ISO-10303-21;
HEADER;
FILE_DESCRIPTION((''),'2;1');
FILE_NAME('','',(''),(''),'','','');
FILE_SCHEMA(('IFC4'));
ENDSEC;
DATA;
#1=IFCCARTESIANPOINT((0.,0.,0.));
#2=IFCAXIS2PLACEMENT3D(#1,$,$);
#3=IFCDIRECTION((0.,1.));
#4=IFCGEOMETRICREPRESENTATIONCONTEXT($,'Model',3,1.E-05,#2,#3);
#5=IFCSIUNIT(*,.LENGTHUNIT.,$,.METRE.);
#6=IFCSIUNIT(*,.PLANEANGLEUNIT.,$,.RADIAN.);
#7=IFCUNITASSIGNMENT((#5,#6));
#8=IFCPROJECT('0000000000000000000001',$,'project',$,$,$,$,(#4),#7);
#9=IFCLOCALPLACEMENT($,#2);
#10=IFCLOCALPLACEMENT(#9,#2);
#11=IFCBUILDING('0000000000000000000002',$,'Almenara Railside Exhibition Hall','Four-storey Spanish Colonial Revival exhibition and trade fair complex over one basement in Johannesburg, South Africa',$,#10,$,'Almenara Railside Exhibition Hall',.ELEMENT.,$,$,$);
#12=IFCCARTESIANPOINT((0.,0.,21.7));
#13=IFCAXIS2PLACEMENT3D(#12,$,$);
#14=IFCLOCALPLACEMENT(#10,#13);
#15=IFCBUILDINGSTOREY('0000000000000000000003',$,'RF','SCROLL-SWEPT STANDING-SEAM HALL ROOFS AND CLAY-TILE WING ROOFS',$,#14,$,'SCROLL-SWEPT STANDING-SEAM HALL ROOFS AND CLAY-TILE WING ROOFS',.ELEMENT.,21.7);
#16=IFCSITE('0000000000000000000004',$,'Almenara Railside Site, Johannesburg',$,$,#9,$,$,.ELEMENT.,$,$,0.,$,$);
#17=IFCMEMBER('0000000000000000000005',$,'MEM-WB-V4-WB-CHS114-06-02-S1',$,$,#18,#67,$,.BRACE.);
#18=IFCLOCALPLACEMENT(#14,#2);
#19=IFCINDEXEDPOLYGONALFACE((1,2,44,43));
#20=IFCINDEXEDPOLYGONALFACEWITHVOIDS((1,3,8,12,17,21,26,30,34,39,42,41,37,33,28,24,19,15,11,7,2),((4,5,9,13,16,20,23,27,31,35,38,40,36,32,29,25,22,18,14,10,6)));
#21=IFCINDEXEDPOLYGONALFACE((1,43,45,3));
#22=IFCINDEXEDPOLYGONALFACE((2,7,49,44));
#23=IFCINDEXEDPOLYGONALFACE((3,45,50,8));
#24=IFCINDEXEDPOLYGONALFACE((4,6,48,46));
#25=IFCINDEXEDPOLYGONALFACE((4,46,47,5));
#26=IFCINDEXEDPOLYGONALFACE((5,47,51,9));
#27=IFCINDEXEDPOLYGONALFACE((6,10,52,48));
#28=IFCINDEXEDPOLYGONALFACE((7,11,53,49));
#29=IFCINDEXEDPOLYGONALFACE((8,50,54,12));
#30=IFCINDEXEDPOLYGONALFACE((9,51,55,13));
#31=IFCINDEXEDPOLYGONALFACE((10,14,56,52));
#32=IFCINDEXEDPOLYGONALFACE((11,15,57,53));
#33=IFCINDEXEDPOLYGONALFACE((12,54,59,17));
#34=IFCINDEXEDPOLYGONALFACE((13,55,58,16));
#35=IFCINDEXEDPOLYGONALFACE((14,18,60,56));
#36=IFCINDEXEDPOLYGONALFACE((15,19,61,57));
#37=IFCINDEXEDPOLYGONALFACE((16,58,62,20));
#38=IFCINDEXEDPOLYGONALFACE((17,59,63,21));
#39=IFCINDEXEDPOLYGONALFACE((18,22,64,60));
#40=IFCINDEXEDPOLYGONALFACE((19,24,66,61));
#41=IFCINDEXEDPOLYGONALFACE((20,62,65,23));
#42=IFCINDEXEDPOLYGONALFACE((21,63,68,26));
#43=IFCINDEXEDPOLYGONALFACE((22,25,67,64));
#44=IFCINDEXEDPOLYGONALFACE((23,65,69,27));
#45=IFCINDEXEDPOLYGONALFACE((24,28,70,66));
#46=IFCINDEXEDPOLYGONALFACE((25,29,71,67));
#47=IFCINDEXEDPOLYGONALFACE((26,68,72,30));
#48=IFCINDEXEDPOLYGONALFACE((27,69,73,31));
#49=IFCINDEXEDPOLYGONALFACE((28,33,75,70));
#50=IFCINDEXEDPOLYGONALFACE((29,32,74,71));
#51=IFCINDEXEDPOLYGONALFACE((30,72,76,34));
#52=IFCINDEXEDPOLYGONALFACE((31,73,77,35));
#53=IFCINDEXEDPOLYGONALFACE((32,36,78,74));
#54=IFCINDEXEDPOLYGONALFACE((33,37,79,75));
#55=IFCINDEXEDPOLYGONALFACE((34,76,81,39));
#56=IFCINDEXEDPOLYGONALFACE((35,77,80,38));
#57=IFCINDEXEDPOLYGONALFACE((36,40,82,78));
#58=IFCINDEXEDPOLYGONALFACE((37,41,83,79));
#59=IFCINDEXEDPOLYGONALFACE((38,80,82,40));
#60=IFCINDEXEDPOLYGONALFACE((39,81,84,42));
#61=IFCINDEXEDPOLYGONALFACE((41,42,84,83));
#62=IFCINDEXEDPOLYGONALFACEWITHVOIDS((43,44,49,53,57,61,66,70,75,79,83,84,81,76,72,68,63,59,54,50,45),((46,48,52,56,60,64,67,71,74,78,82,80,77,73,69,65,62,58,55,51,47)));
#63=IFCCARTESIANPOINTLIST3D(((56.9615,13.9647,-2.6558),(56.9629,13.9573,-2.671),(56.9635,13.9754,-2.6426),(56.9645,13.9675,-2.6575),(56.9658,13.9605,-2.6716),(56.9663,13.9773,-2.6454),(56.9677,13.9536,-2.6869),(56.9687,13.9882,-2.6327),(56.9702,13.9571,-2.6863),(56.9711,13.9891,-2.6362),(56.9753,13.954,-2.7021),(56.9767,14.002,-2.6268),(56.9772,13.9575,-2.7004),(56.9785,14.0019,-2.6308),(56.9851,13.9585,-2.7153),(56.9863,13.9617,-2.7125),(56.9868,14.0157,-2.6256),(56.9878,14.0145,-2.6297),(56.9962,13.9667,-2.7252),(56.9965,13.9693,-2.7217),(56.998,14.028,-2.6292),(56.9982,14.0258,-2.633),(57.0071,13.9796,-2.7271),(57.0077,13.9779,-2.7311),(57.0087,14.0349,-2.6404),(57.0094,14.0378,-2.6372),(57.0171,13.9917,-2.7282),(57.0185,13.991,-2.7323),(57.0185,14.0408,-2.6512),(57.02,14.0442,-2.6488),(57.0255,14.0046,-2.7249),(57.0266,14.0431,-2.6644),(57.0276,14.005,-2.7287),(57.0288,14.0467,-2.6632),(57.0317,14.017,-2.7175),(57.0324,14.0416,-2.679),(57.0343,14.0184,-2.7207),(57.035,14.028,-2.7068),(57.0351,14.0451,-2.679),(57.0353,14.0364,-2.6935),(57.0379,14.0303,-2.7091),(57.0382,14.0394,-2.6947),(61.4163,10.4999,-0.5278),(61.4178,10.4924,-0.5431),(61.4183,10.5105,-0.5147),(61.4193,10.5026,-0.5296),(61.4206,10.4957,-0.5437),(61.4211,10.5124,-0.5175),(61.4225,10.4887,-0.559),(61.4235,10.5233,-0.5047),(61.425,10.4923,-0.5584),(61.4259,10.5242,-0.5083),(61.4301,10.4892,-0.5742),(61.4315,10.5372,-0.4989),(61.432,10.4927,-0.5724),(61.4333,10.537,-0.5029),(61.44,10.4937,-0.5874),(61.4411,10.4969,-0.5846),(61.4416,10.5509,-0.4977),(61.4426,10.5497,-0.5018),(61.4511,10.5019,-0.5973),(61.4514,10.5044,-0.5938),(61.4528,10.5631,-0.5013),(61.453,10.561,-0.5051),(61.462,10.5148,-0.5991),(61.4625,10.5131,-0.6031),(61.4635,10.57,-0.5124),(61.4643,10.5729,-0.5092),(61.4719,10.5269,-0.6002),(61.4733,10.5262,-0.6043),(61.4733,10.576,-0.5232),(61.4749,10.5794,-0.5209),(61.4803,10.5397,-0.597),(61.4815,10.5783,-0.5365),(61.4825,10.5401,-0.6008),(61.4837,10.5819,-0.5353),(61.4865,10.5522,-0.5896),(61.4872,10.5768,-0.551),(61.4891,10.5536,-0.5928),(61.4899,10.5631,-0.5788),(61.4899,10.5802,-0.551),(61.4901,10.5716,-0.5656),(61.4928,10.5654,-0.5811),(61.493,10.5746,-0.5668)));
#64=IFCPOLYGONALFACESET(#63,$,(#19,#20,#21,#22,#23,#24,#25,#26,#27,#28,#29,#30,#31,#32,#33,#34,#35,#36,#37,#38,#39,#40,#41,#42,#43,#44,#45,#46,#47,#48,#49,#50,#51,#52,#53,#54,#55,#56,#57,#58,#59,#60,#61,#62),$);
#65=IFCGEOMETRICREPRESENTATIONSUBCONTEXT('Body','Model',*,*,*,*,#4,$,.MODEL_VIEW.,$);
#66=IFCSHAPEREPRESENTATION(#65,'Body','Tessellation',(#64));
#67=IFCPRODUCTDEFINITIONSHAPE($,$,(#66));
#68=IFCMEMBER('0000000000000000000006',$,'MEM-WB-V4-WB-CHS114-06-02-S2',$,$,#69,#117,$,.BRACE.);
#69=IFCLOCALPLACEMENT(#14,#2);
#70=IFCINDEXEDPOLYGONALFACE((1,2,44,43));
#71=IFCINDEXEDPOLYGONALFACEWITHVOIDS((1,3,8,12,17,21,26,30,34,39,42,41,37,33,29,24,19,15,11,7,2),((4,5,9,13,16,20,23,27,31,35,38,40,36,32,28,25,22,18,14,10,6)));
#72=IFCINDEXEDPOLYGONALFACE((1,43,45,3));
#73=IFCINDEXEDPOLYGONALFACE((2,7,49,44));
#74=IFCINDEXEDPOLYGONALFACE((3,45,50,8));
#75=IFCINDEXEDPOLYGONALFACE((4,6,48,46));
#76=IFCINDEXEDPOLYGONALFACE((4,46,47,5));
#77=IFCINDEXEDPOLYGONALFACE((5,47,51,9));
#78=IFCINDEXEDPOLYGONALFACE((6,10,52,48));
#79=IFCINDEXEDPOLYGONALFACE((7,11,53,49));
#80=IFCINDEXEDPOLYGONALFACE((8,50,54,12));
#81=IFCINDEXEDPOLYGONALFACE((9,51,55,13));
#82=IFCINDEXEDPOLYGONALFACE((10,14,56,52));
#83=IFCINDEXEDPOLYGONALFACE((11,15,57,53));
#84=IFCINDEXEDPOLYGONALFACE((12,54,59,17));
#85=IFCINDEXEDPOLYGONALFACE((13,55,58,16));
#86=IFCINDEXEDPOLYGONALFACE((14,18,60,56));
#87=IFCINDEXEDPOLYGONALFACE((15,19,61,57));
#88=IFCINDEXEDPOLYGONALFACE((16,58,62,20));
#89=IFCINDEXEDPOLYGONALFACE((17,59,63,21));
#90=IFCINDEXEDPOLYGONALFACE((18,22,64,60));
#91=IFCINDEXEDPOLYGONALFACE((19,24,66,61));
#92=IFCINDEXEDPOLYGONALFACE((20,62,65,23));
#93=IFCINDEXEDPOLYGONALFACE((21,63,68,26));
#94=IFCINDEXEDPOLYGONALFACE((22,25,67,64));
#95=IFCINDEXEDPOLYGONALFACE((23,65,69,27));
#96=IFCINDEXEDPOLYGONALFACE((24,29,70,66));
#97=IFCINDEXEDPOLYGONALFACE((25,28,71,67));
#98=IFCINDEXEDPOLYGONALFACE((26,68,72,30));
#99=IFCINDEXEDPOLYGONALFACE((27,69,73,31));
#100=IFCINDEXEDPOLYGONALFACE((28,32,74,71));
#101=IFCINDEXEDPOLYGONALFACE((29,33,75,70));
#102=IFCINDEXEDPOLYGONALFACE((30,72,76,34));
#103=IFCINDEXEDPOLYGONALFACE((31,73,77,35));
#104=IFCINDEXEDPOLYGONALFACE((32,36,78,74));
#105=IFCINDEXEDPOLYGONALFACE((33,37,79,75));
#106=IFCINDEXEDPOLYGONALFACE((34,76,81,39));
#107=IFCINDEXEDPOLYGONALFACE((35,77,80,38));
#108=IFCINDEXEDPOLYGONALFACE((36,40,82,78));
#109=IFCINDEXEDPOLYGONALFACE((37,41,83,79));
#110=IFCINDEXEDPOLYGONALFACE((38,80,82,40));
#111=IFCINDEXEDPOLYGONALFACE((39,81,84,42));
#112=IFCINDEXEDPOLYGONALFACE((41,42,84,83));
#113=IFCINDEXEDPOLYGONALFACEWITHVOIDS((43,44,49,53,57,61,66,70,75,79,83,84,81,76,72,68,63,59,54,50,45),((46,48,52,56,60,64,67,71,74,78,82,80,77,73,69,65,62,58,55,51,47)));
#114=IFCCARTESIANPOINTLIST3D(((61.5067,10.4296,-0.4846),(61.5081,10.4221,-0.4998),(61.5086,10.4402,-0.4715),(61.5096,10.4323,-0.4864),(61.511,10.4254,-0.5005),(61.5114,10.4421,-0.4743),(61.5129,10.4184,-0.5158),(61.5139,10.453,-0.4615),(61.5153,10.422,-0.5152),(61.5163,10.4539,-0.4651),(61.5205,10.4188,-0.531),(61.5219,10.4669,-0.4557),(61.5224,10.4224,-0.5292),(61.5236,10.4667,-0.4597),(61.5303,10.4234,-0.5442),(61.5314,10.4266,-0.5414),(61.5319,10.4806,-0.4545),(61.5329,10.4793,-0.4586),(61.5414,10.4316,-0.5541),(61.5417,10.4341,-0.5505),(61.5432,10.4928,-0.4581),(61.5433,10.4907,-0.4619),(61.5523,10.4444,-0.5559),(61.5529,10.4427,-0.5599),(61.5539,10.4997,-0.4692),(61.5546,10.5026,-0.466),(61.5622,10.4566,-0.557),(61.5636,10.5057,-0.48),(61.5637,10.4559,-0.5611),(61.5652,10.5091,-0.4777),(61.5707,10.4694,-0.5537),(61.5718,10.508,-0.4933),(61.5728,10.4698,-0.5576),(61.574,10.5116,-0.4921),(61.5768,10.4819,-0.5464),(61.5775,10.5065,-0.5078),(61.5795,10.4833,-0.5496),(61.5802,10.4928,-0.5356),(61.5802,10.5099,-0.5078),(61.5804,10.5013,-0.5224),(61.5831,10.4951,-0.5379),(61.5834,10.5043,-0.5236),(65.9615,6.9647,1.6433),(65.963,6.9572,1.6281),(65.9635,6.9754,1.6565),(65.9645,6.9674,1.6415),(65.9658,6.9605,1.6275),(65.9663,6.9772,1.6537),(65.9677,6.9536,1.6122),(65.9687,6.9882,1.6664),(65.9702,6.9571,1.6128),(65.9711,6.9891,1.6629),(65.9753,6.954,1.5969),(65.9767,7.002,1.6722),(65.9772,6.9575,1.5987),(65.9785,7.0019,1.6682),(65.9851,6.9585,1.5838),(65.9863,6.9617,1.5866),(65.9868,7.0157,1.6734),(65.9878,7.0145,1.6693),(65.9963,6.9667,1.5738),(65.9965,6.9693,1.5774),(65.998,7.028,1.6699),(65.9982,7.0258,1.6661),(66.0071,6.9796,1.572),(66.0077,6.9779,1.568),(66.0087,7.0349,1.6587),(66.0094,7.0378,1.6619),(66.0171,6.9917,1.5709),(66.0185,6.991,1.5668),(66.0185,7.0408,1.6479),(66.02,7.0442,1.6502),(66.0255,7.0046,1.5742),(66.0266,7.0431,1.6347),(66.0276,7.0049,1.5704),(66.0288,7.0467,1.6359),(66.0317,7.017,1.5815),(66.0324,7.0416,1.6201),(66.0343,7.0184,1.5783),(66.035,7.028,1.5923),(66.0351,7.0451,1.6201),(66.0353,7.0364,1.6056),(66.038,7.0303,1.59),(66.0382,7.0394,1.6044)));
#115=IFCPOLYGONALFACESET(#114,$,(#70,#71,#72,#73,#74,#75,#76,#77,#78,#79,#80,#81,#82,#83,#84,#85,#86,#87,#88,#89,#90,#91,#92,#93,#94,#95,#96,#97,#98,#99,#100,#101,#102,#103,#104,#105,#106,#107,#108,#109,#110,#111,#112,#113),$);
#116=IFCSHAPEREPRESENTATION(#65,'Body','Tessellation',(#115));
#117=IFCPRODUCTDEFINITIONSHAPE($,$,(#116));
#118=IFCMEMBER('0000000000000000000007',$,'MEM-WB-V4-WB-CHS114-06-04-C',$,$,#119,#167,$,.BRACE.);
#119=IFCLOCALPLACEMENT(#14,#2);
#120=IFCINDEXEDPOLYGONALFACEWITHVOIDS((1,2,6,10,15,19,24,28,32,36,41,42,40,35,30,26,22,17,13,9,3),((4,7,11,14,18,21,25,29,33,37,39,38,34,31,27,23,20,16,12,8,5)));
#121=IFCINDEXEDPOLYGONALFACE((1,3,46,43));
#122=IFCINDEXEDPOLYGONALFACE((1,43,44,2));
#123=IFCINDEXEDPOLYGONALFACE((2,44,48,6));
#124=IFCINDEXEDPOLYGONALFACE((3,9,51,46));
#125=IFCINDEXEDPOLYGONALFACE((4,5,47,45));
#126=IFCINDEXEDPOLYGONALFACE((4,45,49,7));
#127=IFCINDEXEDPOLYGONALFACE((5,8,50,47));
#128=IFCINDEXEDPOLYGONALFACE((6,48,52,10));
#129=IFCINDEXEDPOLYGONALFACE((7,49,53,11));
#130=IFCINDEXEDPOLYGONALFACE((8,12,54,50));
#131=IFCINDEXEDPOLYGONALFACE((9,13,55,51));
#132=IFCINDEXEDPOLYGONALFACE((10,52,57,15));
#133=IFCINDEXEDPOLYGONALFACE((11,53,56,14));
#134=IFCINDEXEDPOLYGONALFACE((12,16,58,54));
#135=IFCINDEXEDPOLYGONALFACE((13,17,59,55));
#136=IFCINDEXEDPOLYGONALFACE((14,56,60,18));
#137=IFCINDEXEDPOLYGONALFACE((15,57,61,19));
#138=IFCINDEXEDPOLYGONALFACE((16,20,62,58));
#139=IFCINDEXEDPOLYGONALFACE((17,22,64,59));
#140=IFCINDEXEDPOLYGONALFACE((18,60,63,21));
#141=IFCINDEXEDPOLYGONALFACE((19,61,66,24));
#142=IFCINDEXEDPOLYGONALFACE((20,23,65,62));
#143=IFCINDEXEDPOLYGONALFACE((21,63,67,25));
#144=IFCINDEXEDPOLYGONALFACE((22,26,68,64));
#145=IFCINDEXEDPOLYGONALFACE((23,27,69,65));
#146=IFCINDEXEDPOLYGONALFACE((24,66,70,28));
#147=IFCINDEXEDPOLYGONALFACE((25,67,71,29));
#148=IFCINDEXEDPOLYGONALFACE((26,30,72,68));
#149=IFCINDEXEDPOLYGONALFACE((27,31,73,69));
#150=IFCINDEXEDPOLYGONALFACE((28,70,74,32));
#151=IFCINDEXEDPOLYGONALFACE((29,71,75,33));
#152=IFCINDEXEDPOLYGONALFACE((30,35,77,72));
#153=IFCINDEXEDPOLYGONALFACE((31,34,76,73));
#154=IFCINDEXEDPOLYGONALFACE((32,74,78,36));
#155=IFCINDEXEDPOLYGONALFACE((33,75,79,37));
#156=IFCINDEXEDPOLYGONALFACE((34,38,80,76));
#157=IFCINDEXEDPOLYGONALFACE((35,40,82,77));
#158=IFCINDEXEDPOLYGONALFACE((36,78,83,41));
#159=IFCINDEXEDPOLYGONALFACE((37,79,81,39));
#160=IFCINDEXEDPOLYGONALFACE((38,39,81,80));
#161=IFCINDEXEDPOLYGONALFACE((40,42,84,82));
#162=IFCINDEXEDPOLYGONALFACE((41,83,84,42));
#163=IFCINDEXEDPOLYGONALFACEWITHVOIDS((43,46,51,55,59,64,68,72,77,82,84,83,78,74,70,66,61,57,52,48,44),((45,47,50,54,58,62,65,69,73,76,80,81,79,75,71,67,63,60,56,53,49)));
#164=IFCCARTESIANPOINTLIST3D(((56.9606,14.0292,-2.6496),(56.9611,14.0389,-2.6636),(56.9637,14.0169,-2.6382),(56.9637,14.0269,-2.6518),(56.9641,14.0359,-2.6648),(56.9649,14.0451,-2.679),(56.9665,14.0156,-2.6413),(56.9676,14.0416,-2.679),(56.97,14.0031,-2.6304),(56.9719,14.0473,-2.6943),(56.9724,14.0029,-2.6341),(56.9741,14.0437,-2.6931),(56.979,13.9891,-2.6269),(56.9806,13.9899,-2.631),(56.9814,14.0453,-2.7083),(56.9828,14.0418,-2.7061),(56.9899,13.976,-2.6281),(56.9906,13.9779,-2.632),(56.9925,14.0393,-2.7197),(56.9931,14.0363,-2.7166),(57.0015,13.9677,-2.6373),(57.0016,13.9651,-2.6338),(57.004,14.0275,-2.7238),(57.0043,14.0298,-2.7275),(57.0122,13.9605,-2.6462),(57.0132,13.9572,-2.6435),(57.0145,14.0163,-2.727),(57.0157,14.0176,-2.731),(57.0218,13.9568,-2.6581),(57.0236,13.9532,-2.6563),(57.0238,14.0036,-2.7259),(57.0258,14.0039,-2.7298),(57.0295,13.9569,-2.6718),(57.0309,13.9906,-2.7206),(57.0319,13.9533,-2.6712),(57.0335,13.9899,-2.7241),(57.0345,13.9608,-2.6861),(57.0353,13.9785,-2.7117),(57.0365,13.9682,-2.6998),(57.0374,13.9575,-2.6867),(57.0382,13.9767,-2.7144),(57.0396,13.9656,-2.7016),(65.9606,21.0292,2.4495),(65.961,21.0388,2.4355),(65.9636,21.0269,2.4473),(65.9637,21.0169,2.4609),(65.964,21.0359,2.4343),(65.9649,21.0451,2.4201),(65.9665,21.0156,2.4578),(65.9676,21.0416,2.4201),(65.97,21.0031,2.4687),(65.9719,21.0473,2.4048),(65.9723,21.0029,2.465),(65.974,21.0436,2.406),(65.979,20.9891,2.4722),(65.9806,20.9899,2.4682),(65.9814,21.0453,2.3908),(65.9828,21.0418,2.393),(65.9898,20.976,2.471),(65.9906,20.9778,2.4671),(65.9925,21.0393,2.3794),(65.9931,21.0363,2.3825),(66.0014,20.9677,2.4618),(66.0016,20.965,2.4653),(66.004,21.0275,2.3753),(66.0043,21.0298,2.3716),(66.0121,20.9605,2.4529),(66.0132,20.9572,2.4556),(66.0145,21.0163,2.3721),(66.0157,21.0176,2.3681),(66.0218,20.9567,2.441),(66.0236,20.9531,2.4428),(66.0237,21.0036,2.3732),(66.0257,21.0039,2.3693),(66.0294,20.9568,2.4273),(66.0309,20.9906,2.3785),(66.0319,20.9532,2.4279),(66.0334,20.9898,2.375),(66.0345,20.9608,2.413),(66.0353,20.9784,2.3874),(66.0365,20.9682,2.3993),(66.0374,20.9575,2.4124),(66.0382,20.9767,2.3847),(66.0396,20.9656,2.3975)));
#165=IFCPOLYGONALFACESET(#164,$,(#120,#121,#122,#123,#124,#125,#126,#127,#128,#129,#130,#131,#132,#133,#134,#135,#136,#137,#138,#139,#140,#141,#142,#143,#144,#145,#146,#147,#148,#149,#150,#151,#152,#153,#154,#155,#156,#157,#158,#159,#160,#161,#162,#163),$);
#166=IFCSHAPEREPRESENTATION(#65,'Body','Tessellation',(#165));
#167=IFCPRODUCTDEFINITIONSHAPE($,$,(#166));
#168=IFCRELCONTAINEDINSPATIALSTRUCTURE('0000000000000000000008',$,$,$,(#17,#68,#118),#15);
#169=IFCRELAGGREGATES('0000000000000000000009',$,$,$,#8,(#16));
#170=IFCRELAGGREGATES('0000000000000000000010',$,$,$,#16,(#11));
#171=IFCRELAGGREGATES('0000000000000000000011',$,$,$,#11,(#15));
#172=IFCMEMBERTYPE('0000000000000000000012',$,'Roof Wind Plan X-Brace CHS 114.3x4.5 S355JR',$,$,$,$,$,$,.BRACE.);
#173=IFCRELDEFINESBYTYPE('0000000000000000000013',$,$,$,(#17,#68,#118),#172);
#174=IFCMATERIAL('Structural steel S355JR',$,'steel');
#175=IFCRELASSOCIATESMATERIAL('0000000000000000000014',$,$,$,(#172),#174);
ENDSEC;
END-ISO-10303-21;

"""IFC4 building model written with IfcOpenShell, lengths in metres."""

from ifc_helpers import new_model, si_unit, direction, frame, origin, origin_2d, place, context, subcontext, project, spatial, hollow_circle, extrude, material, material_profile, profile_set, type_object, element, save


model = new_model("IFC4")

# Units and contexts
model_context = context("Model", 3, precision=1e-05, world=origin(), true_north=direction((0.0, 1.0)))
body_context = subcontext(model_context, "Body", "Model", "MODEL_VIEW")
ifc_project = project(units=[si_unit("LENGTHUNIT", "METRE"), si_unit("PLANEANGLEUNIT", "RADIAN")], contexts=[model_context])

# Site, building, storey
site_placement = place(None, origin())
site = spatial("IfcSite", under=ifc_project, at=site_placement, Name="Almenara Railside Site, Johannesburg", CompositionType="ELEMENT", RefElevation=0.0)
building_placement = place(site_placement, origin())
building = spatial("IfcBuilding", under=site, at=building_placement, Name="Almenara Railside Exhibition Hall", Description="Four-storey Spanish Colonial Revival exhibition and trade fair complex over one basement in Johannesburg, South Africa", LongName="Almenara Railside Exhibition Hall", CompositionType="ELEMENT")
storey_placement = place(building_placement, frame((0.0, 0.0, 21.7)))
storey = spatial("IfcBuildingStorey", under=building, at=storey_placement, Name="RF", Description="SCROLL-SWEPT STANDING-SEAM HALL ROOFS AND CLAY-TILE WING ROOFS", LongName="SCROLL-SWEPT STANDING-SEAM HALL ROOFS AND CLAY-TILE WING ROOFS", CompositionType="ELEMENT", Elevation=21.7)

# Members
ifc_material_1 = material(Name="Structural steel S355JR", Category="steel")
ifc_material_profile_1 = material_profile(ifc_material_1, hollow_circle(Radius=0.0571, WallThickness=0.0044, at=origin_2d()), Name="CHS 114.3x4.5")
ifc_profile_set_1 = profile_set([ifc_material_profile_1], Name="Structural steel S355JR")
member_type_1 = type_object("IfcMemberType", Name="Roof Wind Plan X-Brace CHS 114.3x4.5 S355JR", PredefinedType="BRACE", material=ifc_profile_set_1)
for number, where, z_axis, x_axis, name in (
    (1, (57.0, 14.0, -2.679), (0.738597, -0.57446, 0.352804), (0.613938, 0.789355, 0.0), "MEM-WB-V4-WB-CHS114-06-02-S1"),
    (2, (61.5452, 10.4648, -0.5078), (0.738597, -0.57446, 0.352804), (0.613938, 0.789355, 0.0), "MEM-WB-V4-WB-CHS114-06-02-S2"),
):
    element("IfcMember", number, at=place(storey_placement, frame(where, z_axis=z_axis, x_axis=x_axis)), inside=storey, type_object=member_type_1, Name=name, PredefinedType="BRACE", context=body_context, shape_type="SweptSolid", body=[
        extrude(hollow_circle(Radius=0.0571, WallThickness=0.0044, at=origin_2d()), origin(), (0.0, 0.0, 1.0), 6.0315),
    ])
member_1_placement = place(storey_placement, frame((57.0, 14.0, -2.679), z_axis=(0.720574, 0.560447, 0.408255), x_axis=(-0.613941, 0.789352, 0.0)))
element("IfcMember", 3, at=member_1_placement, inside=storey, type_object=member_type_1, Name="MEM-WB-V4-WB-CHS114-06-04-C", PredefinedType="BRACE", context=body_context, shape_type="SweptSolid", body=[
    extrude(hollow_circle(Radius=0.0571, WallThickness=0.0044, at=origin_2d()), origin(), (0.0, 0.0, 1.0), 12.49),
])

save(model, "model.ifc")
